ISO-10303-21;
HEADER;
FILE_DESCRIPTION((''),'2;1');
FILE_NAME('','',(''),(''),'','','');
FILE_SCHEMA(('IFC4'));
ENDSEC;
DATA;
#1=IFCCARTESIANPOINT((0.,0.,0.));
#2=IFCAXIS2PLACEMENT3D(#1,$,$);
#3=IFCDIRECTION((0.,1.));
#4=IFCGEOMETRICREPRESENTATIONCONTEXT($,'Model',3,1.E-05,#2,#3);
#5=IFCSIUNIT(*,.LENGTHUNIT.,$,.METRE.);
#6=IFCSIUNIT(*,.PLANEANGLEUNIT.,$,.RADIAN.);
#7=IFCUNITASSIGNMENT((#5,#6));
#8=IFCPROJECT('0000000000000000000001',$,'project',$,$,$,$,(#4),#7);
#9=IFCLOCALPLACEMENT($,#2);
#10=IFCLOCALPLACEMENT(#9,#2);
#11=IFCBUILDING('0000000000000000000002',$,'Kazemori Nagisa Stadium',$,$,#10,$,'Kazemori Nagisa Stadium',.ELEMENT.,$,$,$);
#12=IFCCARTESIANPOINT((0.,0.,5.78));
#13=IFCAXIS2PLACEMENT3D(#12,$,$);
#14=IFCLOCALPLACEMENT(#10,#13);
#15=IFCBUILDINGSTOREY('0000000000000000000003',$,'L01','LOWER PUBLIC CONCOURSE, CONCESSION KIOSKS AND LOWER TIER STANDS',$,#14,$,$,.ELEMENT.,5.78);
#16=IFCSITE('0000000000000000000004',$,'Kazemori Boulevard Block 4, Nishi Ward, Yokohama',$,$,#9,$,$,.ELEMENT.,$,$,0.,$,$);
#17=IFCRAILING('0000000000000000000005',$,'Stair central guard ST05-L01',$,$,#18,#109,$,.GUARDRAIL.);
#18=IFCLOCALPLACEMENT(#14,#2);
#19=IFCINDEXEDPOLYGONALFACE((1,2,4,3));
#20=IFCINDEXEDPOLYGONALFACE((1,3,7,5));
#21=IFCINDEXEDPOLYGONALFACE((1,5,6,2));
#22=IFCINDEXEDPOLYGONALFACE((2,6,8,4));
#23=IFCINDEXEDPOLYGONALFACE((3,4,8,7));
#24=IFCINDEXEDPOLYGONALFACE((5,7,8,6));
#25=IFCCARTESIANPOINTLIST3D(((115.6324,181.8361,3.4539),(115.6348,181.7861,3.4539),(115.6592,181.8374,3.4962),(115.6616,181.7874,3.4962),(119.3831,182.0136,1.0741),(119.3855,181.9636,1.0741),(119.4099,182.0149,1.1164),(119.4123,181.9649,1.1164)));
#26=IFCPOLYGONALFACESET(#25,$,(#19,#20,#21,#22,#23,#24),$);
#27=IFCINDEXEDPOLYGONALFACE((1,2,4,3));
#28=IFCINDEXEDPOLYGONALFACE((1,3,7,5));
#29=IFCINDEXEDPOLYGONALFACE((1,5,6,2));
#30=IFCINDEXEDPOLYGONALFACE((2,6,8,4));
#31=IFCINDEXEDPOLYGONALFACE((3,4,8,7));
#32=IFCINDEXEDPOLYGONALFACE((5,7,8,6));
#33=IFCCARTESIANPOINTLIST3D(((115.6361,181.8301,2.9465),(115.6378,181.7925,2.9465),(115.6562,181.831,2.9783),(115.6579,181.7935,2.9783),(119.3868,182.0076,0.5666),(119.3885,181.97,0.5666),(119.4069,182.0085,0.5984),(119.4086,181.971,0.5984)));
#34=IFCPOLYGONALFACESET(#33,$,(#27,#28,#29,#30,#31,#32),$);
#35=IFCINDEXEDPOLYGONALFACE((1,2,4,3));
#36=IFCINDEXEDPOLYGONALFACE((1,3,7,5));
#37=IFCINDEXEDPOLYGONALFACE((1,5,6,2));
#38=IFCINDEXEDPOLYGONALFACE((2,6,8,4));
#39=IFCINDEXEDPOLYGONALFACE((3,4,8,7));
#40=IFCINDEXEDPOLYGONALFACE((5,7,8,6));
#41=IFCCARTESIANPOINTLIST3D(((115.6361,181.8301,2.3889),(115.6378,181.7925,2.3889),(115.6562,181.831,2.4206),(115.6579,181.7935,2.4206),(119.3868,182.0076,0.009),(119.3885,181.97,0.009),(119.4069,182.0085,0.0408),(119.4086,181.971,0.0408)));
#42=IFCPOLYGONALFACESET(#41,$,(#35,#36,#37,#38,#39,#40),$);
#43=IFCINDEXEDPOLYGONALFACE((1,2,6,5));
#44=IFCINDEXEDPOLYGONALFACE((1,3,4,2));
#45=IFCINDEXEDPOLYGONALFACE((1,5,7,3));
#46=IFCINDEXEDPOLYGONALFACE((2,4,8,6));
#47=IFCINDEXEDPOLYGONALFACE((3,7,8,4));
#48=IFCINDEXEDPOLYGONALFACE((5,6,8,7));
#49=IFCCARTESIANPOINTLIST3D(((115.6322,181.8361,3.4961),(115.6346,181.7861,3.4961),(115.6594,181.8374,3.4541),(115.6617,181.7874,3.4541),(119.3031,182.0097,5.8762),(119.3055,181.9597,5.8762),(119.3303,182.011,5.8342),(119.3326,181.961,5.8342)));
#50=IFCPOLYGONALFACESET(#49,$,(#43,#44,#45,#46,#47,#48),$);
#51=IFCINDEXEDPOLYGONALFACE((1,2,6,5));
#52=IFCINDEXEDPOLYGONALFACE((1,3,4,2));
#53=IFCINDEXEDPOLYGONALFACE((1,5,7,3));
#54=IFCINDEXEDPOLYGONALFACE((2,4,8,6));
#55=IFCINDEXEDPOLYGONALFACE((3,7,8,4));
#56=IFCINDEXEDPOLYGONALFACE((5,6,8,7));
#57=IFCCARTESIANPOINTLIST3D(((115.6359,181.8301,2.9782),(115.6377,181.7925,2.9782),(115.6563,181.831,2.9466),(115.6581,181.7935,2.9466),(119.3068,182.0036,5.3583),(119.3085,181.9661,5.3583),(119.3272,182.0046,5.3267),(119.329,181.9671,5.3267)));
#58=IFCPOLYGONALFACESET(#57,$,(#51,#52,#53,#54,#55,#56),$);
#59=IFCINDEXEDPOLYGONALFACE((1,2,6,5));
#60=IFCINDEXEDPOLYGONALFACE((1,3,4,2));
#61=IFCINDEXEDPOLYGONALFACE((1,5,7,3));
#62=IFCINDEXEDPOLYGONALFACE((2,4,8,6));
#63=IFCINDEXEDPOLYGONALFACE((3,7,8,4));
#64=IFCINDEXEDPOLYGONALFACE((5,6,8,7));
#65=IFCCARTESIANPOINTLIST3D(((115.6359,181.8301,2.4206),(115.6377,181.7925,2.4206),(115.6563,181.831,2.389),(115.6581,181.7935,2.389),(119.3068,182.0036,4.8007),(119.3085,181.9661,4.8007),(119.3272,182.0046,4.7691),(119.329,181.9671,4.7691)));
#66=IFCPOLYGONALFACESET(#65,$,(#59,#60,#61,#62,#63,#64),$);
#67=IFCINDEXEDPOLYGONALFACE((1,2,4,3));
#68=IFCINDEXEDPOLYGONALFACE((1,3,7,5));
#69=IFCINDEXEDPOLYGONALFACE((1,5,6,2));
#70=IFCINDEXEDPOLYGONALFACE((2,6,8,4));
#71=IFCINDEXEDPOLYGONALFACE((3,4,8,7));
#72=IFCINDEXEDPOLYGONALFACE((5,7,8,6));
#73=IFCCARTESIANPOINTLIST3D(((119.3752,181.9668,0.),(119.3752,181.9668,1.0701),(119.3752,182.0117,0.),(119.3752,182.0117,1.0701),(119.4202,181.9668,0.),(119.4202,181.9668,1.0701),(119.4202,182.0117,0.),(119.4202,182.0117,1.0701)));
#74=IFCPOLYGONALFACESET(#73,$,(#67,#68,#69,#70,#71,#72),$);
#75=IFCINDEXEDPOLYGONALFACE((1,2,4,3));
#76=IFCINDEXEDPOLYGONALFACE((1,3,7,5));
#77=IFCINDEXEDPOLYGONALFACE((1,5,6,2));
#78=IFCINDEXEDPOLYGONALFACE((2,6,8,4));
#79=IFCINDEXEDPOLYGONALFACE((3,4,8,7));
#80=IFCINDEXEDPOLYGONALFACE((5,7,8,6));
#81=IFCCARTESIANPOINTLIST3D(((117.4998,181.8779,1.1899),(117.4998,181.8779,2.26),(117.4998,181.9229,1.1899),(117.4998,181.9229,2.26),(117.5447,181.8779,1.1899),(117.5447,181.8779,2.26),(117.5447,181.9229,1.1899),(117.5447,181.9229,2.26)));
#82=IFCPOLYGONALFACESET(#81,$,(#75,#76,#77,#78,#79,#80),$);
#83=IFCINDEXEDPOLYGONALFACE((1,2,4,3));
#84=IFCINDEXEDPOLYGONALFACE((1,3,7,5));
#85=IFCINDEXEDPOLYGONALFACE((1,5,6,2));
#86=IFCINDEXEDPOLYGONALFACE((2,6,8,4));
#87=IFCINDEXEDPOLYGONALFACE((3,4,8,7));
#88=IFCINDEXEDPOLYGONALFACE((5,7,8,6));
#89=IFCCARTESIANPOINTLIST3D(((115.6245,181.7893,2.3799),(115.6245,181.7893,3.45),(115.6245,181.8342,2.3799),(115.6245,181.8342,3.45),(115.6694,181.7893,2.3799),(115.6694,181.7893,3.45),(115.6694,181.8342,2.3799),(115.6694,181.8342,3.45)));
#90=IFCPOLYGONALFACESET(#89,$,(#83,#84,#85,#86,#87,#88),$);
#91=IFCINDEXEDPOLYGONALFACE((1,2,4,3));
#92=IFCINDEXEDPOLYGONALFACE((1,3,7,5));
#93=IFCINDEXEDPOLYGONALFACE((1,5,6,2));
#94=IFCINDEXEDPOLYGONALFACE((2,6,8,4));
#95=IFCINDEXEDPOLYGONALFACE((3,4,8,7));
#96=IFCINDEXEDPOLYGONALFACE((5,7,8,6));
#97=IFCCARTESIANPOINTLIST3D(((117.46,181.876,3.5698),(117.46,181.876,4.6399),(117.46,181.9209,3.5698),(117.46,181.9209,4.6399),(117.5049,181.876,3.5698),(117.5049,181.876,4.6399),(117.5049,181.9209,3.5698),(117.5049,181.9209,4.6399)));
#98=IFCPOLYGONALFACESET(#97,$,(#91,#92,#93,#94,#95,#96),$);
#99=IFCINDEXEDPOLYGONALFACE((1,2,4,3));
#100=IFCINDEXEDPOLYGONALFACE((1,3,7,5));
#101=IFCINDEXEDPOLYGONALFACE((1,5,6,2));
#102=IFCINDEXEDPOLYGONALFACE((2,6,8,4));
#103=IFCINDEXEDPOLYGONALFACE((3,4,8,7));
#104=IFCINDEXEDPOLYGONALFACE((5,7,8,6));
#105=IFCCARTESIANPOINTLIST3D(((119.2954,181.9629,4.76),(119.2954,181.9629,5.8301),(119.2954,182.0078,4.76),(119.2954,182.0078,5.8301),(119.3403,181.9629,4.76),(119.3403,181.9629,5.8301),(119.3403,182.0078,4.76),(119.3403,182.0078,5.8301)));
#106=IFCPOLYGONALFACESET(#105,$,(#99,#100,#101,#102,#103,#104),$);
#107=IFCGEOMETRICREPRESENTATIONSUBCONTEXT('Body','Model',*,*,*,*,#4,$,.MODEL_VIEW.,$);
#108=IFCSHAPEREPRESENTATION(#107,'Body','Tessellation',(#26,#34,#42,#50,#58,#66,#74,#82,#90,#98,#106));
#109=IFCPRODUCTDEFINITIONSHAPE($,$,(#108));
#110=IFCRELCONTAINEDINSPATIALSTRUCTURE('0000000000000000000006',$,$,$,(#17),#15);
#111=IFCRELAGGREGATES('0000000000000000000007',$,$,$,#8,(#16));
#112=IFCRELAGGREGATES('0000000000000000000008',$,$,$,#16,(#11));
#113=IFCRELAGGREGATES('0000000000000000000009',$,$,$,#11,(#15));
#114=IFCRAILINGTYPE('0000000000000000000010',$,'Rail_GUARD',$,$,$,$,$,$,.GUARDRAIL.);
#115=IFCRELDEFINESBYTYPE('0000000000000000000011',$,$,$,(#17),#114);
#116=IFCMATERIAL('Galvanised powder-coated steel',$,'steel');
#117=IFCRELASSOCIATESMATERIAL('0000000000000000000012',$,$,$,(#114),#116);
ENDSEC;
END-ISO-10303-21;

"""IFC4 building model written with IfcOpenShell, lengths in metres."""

from ifc_helpers import new_model, si_unit, direction, frame, origin, origin_2d, place, context, subcontext, project, spatial, rectangle, extrude, material, type_object, element, save


model = new_model("IFC4")

# Units and contexts
model_context = context("Model", 3, precision=1e-05, world=origin(), true_north=direction((0.0, 1.0)))
body_context = subcontext(model_context, "Body", "Model", "MODEL_VIEW")
ifc_project = project(units=[si_unit("LENGTHUNIT", "METRE"), si_unit("PLANEANGLEUNIT", "RADIAN")], contexts=[model_context])

# Site, building, storey
site_placement = place(None, origin())
site = spatial("IfcSite", under=ifc_project, at=site_placement, Name="Kazemori Boulevard Block 4, Nishi Ward, Yokohama", CompositionType="ELEMENT", RefElevation=0.0)
building_placement = place(site_placement, origin())
building = spatial("IfcBuilding", under=site, at=building_placement, Name="Kazemori Nagisa Stadium", LongName="Kazemori Nagisa Stadium", CompositionType="ELEMENT")
storey_placement = place(building_placement, frame((0.0, 0.0, 5.78)))
storey = spatial("IfcBuildingStorey", under=building, at=storey_placement, Name="L01", Description="LOWER PUBLIC CONCOURSE, CONCESSION KIOSKS AND LOWER TIER STANDS", CompositionType="ELEMENT", Elevation=5.78)

# Railing
ifc_material_1 = material(Name="Galvanised powder-coated steel", Category="steel")
railing_type_1 = type_object("IfcRailingType", Name="Rail_GUARD", PredefinedType="GUARDRAIL", material=ifc_material_1)
railing_1_placement = place(storey_placement, frame((119.3977, 181.9893, 0.0)))
element("IfcRailing", 1, at=railing_1_placement, inside=storey, type_object=railing_type_1, Name="Stair central guard ST05-L01", PredefinedType="GUARDRAIL", context=body_context, shape_type="SweptSolid", body=[
    extrude(rectangle(XDim=0.05, YDim=0.05, at=origin_2d()), frame((0.0, 0.0, 1.0952), z_axis=(-0.843696, -0.039925, 0.535335), x_axis=(0.047269, -0.998882, 0.0)), (0.0, 0.0, 1.0), 4.4456),
    extrude(rectangle(XDim=0.0376, YDim=0.0376, at=origin_2d()), frame((0.0, 0.0, 0.5825), z_axis=(-0.843696, -0.039925, 0.535335), x_axis=(0.047269, -0.998882, 0.0)), (0.0, 0.0, 1.0), 4.4456),
    extrude(rectangle(XDim=0.0376, YDim=0.0376, at=origin_2d()), frame((0.0, 0.0, 0.0249), z_axis=(-0.843696, -0.039925, 0.535335), x_axis=(0.047269, -0.998882, 0.0)), (0.0, 0.0, 1.0), 4.4456),
    extrude(rectangle(XDim=0.05, YDim=0.05, at=origin_2d()), frame((-3.7507, -0.1775, 3.4751), z_axis=(0.838406, 0.039645, 0.543603), x_axis=(-0.047234, 0.998884, 0.0)), (0.0, 0.0, 1.0), 4.3784),
    extrude(rectangle(XDim=0.0376, YDim=0.0376, at=origin_2d()), frame((-3.7507, -0.1775, 2.9624), z_axis=(0.838406, 0.039645, 0.543603), x_axis=(-0.047234, 0.998884, 0.0)), (0.0, 0.0, 1.0), 4.3784),
    extrude(rectangle(XDim=0.0376, YDim=0.0376, at=origin_2d()), frame((-3.7507, -0.1775, 2.4048), z_axis=(0.838406, 0.039645, 0.543603), x_axis=(-0.047234, 0.998884, 0.0)), (0.0, 0.0, 1.0), 4.3784),
    extrude(rectangle(XDim=0.0449, YDim=0.0449, at=origin_2d()), origin(), (0.0, 0.0, 1.0), 1.0701),
    extrude(rectangle(XDim=0.0449, YDim=0.0449, at=origin_2d()), frame((-1.8755, -0.0889, 1.1899)), (0.0, 0.0, 1.0), 1.0701),
    extrude(rectangle(XDim=0.0449, YDim=0.0449, at=origin_2d()), frame((-3.7507, -0.1775, 2.3799)), (0.0, 0.0, 1.0), 1.0701),
    extrude(rectangle(XDim=0.0449, YDim=0.0449, at=origin_2d()), frame((-1.9153, -0.0908, 3.5698)), (0.0, 0.0, 1.0), 1.0701),
    extrude(rectangle(XDim=0.0449, YDim=0.0449, at=origin_2d()), frame((-0.0798, -0.0039, 4.76)), (0.0, 0.0, 1.0), 1.0701),
])

save(model, "model.ifc")
